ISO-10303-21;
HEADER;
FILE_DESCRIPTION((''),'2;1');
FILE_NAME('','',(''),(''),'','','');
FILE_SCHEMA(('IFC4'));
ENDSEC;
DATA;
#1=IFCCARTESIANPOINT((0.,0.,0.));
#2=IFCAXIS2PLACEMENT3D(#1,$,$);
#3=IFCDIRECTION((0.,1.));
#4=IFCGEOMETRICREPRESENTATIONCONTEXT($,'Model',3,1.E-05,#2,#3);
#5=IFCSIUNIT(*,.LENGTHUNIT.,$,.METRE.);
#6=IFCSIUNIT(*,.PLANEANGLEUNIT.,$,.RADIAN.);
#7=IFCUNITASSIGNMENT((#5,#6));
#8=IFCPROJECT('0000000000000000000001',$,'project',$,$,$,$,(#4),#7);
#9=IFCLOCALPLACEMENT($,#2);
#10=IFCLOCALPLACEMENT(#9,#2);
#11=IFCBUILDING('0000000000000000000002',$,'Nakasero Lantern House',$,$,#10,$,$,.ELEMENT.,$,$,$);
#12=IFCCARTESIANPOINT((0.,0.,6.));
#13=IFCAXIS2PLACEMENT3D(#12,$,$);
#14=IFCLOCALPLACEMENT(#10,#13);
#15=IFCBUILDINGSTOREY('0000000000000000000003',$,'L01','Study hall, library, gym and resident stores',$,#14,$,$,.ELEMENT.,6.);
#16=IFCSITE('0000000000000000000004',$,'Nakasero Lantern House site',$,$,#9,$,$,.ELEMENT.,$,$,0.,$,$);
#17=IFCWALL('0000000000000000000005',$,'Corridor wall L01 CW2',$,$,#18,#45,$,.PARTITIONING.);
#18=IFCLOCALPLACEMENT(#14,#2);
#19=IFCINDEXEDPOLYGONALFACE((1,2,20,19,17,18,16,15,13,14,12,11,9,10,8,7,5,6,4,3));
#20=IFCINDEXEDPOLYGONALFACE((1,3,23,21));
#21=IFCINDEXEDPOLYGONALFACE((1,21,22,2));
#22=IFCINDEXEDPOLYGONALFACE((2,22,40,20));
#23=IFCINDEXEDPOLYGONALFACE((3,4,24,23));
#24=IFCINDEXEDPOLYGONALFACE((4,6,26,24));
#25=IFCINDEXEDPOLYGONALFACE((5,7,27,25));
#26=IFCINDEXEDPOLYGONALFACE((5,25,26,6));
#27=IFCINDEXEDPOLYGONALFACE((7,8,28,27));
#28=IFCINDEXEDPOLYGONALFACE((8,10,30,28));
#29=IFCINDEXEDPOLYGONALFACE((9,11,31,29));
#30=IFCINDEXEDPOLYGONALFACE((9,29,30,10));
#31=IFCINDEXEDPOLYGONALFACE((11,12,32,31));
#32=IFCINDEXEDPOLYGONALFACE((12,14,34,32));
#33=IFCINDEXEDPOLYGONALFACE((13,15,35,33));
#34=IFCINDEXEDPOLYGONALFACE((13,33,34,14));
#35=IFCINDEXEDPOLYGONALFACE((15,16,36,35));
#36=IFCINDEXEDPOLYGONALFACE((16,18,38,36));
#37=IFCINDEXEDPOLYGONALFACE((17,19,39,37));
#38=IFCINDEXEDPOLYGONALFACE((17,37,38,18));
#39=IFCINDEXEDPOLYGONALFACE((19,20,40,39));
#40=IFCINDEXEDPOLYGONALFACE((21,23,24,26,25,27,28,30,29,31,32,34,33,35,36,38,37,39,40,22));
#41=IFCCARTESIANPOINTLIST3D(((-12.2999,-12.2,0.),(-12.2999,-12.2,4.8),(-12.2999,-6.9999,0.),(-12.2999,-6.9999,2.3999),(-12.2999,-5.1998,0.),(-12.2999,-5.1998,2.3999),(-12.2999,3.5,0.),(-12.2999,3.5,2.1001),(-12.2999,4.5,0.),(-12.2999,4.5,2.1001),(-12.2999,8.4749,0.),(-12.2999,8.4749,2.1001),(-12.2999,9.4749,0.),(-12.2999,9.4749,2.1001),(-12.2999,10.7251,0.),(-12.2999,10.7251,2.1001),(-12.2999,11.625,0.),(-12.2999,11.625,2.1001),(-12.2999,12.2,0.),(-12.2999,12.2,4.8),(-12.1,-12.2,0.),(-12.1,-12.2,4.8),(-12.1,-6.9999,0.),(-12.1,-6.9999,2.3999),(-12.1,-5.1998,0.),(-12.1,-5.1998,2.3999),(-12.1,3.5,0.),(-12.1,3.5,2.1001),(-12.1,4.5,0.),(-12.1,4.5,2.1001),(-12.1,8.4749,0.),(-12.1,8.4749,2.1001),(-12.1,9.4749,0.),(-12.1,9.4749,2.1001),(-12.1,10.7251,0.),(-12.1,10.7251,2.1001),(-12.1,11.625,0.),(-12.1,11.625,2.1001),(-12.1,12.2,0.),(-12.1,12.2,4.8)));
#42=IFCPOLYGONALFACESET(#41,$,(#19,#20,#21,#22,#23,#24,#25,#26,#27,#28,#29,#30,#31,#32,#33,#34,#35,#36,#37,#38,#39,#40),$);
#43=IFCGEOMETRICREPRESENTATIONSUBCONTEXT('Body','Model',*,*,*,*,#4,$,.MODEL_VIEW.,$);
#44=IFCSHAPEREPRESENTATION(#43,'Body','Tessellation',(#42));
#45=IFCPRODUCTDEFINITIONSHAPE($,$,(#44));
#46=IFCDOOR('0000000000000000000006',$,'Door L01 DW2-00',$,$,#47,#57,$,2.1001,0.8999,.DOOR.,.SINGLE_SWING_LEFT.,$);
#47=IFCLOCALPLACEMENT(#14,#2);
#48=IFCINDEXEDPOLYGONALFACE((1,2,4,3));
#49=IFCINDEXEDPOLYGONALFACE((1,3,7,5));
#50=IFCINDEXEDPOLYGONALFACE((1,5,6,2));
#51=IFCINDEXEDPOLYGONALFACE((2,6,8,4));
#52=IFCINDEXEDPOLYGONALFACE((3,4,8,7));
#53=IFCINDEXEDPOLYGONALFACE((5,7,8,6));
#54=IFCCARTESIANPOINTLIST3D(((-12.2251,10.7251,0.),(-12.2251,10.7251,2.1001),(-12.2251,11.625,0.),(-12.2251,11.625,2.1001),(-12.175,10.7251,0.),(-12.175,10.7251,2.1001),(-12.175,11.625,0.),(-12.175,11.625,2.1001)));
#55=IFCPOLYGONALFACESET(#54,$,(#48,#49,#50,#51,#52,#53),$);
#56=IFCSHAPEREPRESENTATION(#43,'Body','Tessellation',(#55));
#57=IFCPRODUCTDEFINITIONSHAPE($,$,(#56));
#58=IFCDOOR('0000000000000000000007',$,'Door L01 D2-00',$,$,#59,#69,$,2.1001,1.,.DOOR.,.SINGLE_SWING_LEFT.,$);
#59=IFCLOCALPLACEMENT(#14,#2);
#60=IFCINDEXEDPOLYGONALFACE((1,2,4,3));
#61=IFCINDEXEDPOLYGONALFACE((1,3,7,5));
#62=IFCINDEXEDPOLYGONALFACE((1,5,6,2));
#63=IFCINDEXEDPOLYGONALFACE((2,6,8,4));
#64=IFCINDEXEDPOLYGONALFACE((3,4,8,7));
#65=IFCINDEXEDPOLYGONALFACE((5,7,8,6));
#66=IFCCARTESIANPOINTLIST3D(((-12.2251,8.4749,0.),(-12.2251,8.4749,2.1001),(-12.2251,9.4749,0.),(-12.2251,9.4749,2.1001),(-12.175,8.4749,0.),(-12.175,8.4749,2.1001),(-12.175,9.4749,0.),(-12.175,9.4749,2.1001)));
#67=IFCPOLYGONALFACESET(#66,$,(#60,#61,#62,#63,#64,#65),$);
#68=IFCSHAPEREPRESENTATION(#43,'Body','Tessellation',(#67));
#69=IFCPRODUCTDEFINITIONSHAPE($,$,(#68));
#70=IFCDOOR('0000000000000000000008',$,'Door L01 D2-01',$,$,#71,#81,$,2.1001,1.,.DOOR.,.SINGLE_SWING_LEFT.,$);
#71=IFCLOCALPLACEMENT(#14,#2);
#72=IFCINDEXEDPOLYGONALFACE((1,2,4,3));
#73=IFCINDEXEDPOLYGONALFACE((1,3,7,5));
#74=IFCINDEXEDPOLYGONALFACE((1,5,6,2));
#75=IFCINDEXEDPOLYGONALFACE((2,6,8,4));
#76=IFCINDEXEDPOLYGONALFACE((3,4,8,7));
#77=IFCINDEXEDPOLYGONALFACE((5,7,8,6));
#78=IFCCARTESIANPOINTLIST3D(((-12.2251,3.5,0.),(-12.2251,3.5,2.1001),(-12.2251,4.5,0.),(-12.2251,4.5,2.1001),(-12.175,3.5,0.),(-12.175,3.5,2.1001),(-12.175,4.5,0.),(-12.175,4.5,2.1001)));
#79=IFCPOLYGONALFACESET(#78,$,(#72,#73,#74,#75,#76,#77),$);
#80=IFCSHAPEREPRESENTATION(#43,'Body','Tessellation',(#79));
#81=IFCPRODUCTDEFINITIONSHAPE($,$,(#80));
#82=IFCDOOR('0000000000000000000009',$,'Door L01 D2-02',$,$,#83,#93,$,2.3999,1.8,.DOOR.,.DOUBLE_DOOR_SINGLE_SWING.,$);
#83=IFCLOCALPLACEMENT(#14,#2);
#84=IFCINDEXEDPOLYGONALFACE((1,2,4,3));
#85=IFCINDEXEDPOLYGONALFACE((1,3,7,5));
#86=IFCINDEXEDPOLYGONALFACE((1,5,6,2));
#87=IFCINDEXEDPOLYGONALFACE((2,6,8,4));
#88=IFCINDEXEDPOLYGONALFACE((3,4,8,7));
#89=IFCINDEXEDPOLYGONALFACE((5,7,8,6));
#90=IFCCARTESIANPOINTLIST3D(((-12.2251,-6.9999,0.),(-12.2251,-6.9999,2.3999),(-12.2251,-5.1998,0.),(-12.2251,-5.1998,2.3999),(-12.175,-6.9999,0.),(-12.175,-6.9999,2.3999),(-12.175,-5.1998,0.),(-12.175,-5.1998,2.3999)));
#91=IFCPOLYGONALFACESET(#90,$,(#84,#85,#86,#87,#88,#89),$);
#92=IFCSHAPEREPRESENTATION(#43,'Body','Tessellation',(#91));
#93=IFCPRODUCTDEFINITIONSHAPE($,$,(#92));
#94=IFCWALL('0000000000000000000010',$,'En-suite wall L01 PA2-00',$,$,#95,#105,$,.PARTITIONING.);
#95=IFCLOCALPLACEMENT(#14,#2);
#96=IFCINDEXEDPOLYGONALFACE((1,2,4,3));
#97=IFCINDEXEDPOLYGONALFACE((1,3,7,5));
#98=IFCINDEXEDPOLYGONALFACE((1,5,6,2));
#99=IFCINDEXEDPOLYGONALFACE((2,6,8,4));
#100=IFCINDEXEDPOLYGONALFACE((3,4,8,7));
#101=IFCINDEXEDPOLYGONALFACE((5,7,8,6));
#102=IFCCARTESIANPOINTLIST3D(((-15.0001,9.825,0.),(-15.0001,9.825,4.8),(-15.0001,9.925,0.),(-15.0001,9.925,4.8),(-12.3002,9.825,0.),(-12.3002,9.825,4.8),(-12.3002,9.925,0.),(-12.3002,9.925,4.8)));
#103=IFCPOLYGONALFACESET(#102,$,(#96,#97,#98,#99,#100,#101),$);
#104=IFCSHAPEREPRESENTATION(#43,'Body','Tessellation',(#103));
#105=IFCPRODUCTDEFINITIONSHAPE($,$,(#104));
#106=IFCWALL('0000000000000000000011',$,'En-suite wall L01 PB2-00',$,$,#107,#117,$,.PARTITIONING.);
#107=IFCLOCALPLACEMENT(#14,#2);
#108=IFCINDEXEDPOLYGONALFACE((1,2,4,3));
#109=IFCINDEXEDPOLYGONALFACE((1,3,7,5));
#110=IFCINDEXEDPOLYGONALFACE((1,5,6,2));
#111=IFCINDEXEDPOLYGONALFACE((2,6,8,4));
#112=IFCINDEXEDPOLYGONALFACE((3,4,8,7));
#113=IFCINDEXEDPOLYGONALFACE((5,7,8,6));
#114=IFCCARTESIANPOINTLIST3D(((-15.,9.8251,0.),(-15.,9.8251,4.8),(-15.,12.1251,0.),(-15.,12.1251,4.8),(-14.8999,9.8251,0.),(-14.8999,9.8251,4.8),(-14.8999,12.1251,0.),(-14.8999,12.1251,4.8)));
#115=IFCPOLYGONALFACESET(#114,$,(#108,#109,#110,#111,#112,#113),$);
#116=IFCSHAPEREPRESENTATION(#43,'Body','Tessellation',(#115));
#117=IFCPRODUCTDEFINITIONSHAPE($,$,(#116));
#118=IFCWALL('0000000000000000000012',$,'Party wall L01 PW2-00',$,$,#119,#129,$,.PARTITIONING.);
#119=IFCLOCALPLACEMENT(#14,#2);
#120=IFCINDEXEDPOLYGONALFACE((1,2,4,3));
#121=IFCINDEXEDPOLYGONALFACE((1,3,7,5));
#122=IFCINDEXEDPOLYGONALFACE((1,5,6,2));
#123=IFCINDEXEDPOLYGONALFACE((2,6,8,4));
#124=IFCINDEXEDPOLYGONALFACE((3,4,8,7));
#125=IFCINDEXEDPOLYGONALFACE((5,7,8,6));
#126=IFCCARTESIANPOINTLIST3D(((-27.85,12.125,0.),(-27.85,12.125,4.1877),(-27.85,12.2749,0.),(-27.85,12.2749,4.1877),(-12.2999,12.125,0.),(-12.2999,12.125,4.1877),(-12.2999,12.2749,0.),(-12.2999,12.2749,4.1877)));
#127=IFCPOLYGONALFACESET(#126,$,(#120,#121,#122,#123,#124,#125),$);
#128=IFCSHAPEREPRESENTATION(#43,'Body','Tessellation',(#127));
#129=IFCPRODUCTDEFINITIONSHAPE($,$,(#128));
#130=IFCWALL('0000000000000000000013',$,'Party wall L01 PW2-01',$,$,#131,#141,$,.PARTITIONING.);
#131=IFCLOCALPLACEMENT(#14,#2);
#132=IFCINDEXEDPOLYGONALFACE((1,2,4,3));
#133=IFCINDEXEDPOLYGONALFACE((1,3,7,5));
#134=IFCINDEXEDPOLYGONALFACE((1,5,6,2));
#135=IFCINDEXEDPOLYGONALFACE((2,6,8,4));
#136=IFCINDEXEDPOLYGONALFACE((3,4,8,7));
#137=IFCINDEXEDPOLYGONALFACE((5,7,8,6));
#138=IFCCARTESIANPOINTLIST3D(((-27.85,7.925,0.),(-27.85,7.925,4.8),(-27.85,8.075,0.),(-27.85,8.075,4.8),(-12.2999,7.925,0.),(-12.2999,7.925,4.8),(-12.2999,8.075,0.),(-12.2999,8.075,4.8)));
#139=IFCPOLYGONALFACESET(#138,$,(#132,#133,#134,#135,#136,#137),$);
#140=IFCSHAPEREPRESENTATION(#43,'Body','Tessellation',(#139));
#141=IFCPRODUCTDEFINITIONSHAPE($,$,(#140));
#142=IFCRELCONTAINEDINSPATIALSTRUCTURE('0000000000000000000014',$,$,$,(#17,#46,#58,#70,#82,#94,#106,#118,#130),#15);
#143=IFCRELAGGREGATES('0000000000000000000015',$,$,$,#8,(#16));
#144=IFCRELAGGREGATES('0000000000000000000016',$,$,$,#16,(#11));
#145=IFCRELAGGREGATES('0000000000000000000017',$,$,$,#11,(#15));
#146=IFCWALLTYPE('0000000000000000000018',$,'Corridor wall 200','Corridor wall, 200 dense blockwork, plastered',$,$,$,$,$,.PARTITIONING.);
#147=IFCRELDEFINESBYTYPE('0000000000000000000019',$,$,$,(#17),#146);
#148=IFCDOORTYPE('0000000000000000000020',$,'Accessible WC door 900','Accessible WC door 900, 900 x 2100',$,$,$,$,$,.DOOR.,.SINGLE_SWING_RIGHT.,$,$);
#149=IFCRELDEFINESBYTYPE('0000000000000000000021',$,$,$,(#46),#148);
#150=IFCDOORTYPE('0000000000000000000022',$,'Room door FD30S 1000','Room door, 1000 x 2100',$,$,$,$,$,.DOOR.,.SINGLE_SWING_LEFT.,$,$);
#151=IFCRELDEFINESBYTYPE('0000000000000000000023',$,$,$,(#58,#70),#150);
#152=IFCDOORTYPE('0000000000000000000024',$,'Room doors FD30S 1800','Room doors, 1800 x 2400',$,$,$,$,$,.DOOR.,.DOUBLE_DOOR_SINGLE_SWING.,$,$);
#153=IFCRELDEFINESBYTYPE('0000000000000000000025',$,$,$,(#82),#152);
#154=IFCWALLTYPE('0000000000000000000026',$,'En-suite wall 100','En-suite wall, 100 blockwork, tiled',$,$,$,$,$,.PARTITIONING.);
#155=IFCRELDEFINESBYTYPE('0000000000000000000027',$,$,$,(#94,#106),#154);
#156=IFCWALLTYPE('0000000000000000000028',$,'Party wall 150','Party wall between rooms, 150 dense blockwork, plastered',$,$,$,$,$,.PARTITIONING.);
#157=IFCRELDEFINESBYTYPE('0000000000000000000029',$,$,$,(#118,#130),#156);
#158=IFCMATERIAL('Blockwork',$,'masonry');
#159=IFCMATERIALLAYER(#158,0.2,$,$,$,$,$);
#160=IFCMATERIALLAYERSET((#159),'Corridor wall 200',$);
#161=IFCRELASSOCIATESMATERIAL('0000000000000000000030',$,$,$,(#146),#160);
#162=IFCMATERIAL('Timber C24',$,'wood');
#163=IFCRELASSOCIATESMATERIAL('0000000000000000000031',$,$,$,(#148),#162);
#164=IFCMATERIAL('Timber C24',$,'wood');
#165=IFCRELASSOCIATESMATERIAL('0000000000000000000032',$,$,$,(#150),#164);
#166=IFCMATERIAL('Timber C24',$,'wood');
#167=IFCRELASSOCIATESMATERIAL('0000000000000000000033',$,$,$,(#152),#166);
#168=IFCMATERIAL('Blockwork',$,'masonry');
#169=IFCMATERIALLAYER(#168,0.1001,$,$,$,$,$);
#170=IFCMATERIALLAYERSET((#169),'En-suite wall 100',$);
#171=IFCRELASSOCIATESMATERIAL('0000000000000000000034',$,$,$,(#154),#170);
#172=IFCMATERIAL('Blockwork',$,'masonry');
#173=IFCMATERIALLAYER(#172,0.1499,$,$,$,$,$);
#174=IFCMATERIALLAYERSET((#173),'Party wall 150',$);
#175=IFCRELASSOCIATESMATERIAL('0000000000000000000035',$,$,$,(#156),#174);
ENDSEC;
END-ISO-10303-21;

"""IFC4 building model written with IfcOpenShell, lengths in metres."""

from ifc_helpers import new_model, si_unit, direction, frame, frame_2d, origin, place, context, subcontext, project, spatial, rectangle, extrude, material, layer, layer_set, type_object, element, fill, save


model = new_model("IFC4")

# Units and contexts
model_context = context("Model", 3, precision=1e-05, world=origin(), true_north=direction((0.0, 1.0)))
body_context = subcontext(model_context, "Body", "Model", "MODEL_VIEW")
ifc_project = project(units=[si_unit("LENGTHUNIT", "METRE"), si_unit("PLANEANGLEUNIT", "RADIAN")], contexts=[model_context])

# Site, building, storey
site_placement = place(None, origin())
site = spatial("IfcSite", under=ifc_project, at=site_placement, Name="Nakasero Lantern House site", CompositionType="ELEMENT", RefElevation=0.0)
building_placement = place(site_placement, origin())
building = spatial("IfcBuilding", under=site, at=building_placement, Name="Nakasero Lantern House", CompositionType="ELEMENT")
storey_placement = place(building_placement, frame((0.0, 0.0, 6.0)))
storey = spatial("IfcBuildingStorey", under=building, at=storey_placement, Name="L01", Description="Study hall, library, gym and resident stores", CompositionType="ELEMENT", Elevation=6.0)

# Wall, openings, doors
ifc_material_1 = material(Name="Blockwork", Category="masonry")
ifc_layer_1 = layer(ifc_material_1, 0.2)
ifc_layer_set_1 = layer_set([ifc_layer_1], Name="Corridor wall 200")
wall_type_1 = type_object("IfcWallType", Name="Corridor wall 200", Description="Corridor wall, 200 dense blockwork, plastered", PredefinedType="PARTITIONING", material=ifc_layer_set_1)
wall_1_placement = place(storey_placement, frame((-12.2, 12.2, 0.0), z_axis=(0.0, 0.0, 1.0), x_axis=(0.0, -1.0, 0.0)))
wall_1 = element("IfcWall", 1, at=wall_1_placement, inside=storey, type_object=wall_type_1, Name="Corridor wall L01 CW2", PredefinedType="PARTITIONING", context=body_context, shape_type="SweptSolid", body=[
    extrude(rectangle(XDim=24.3999, YDim=0.2, at=frame_2d((12.2, 0.0))), origin(), (0.0, 0.0, 1.0), 4.8),
])
opening_1_placement = place(wall_1_placement, frame((0.575, 0.0, 0.0)))
opening_1 = element("IfcOpeningElement", 2, at=opening_1_placement, cuts=wall_1, PredefinedType="OPENING", context=body_context, shape_type="SweptSolid", body=[
    extrude(rectangle(XDim=0.8999, YDim=2.1001, at=frame_2d((0.45, 1.05))), frame((0.0, 0.1199, 0.0), z_axis=(0.0, -1.0, 0.0), x_axis=(1.0, 0.0, 0.0)), (0.0, 0.0, 1.0), 0.24),
])
opening_2_placement = place(wall_1_placement, frame((2.7251, 0.0, 0.0)))
opening_2 = element("IfcOpeningElement", 3, at=opening_2_placement, cuts=wall_1, PredefinedType="OPENING", context=body_context, shape_type="SweptSolid", body=[
    extrude(rectangle(XDim=1.0, YDim=2.1001, at=frame_2d((0.5, 1.05))), frame((0.0, 0.1199, 0.0), z_axis=(0.0, -1.0, 0.0), x_axis=(1.0, 0.0, 0.0)), (0.0, 0.0, 1.0), 0.24),
])
opening_3_placement = place(wall_1_placement, frame((7.7, 0.0, 0.0)))
opening_3 = element("IfcOpeningElement", 4, at=opening_3_placement, cuts=wall_1, PredefinedType="OPENING", context=body_context, shape_type="SweptSolid", body=[
    extrude(rectangle(XDim=1.0, YDim=2.1001, at=frame_2d((0.5, 1.05))), frame((0.0, 0.1199, 0.0), z_axis=(0.0, -1.0, 0.0), x_axis=(1.0, 0.0, 0.0)), (0.0, 0.0, 1.0), 0.24),
])
opening_4_placement = place(wall_1_placement, frame((17.3999, 0.0, 0.0)))
opening_4 = element("IfcOpeningElement", 5, at=opening_4_placement, cuts=wall_1, PredefinedType="OPENING", context=body_context, shape_type="SweptSolid", body=[
    extrude(rectangle(XDim=1.8, YDim=2.3999, at=frame_2d((0.8999, 1.2))), frame((0.0, 0.1199, 0.0), z_axis=(0.0, -1.0, 0.0), x_axis=(1.0, 0.0, 0.0)), (0.0, 0.0, 1.0), 0.24),
])
ifc_material_2 = material(Name="Timber C24", Category="wood")
door_type_1 = type_object("IfcDoorType", Name="Accessible WC door 900", Description="Accessible WC door 900, 900 x 2100", OperationType="SINGLE_SWING_RIGHT", PredefinedType="DOOR", material=ifc_material_2)
door_1_placement = place(opening_1_placement, origin())
door_1 = element("IfcDoor", 6, at=door_1_placement, inside=storey, type_object=door_type_1, Name="Door L01 DW2-00", OperationType="SINGLE_SWING_LEFT", OverallHeight=2.1001, OverallWidth=0.8999, PredefinedType="DOOR", context=body_context, shape_type="SweptSolid", body=[
    extrude(rectangle(XDim=0.8999, YDim=2.1001, at=frame_2d((0.45, 1.05))), frame((0.0, 0.0249, 0.0), z_axis=(0.0, -1.0, 0.0), x_axis=(1.0, 0.0, 0.0)), (0.0, 0.0, 1.0), 0.05),
])
fill(opening_1, door_1)
ifc_material_3 = material(Name="Timber C24", Category="wood")
door_type_2 = type_object("IfcDoorType", Name="Room door FD30S 1000", Description="Room door, 1000 x 2100", OperationType="SINGLE_SWING_LEFT", PredefinedType="DOOR", material=ifc_material_3)
door_2_placement = place(opening_2_placement, origin())
door_2 = element("IfcDoor", 7, at=door_2_placement, inside=storey, type_object=door_type_2, Name="Door L01 D2-00", OperationType="SINGLE_SWING_LEFT", OverallHeight=2.1001, OverallWidth=1.0, PredefinedType="DOOR", context=body_context, shape_type="SweptSolid", body=[
    extrude(rectangle(XDim=1.0, YDim=2.1001, at=frame_2d((0.5, 1.05))), frame((0.0, 0.0249, 0.0), z_axis=(0.0, -1.0, 0.0), x_axis=(1.0, 0.0, 0.0)), (0.0, 0.0, 1.0), 0.05),
])
fill(opening_2, door_2)
door_3_placement = place(opening_3_placement, origin())
door_3 = element("IfcDoor", 8, at=door_3_placement, inside=storey, type_object=door_type_2, Name="Door L01 D2-01", OperationType="SINGLE_SWING_LEFT", OverallHeight=2.1001, OverallWidth=1.0, PredefinedType="DOOR", context=body_context, shape_type="SweptSolid", body=[
    extrude(rectangle(XDim=1.0, YDim=2.1001, at=frame_2d((0.5, 1.05))), frame((0.0, 0.0249, 0.0), z_axis=(0.0, -1.0, 0.0), x_axis=(1.0, 0.0, 0.0)), (0.0, 0.0, 1.0), 0.05),
])
fill(opening_3, door_3)
ifc_material_4 = material(Name="Timber C24", Category="wood")
door_type_3 = type_object("IfcDoorType", Name="Room doors FD30S 1800", Description="Room doors, 1800 x 2400", OperationType="DOUBLE_DOOR_SINGLE_SWING", PredefinedType="DOOR", material=ifc_material_4)
door_4_placement = place(opening_4_placement, origin())
door_4 = element("IfcDoor", 9, at=door_4_placement, inside=storey, type_object=door_type_3, Name="Door L01 D2-02", OperationType="DOUBLE_DOOR_SINGLE_SWING", OverallHeight=2.3999, OverallWidth=1.8, PredefinedType="DOOR", context=body_context, shape_type="SweptSolid", body=[
    extrude(rectangle(XDim=1.8, YDim=2.3999, at=frame_2d((0.8999, 1.2))), frame((0.0, 0.0249, 0.0), z_axis=(0.0, -1.0, 0.0), x_axis=(1.0, 0.0, 0.0)), (0.0, 0.0, 1.0), 0.05),
])
fill(opening_4, door_4)

# Walls
ifc_material_5 = material(Name="Blockwork", Category="masonry")
ifc_layer_2 = layer(ifc_material_5, 0.1001)
ifc_layer_set_2 = layer_set([ifc_layer_2], Name="En-suite wall 100")
wall_type_2 = type_object("IfcWallType", Name="En-suite wall 100", Description="En-suite wall, 100 blockwork, tiled", PredefinedType="PARTITIONING", material=ifc_layer_set_2)
wall_2_placement = place(storey_placement, frame((-12.3, 9.875, 0.0), z_axis=(0.0, 0.0, 1.0), x_axis=(-1.0, 0.0, 0.0)))
element("IfcWall", 10, at=wall_2_placement, inside=storey, type_object=wall_type_2, Name="En-suite wall L01 PA2-00", PredefinedType="PARTITIONING", context=body_context, shape_type="SweptSolid", body=[
    extrude(rectangle(XDim=2.7, YDim=0.1001, at=frame_2d((1.3501, 0.0))), origin(), (0.0, 0.0, 1.0), 4.8),
])
wall_3_placement = place(storey_placement, frame((-14.95, 12.125, 0.0), z_axis=(0.0, 0.0, 1.0), x_axis=(0.0, -1.0, 0.0)))
element("IfcWall", 11, at=wall_3_placement, inside=storey, type_object=wall_type_2, Name="En-suite wall L01 PB2-00", PredefinedType="PARTITIONING", context=body_context, shape_type="SweptSolid", body=[
    extrude(rectangle(XDim=2.3, YDim=0.1001, at=frame_2d((1.1499, 0.0))), origin(), (0.0, 0.0, 1.0), 4.8),
])
ifc_material_6 = material(Name="Blockwork", Category="masonry")
ifc_layer_3 = layer(ifc_material_6, 0.1499)
ifc_layer_set_3 = layer_set([ifc_layer_3], Name="Party wall 150")
wall_type_3 = type_object("IfcWallType", Name="Party wall 150", Description="Party wall between rooms, 150 dense blockwork, plastered", PredefinedType="PARTITIONING", material=ifc_layer_set_3)
wall_4_placement = place(storey_placement, frame((-12.3, 12.2, 0.0), z_axis=(0.0, 0.0, 1.0), x_axis=(-1.0, 0.0, 0.0)))
element("IfcWall", 12, at=wall_4_placement, inside=storey, type_object=wall_type_3, Name="Party wall L01 PW2-00", PredefinedType="PARTITIONING", context=body_context, shape_type="SweptSolid", body=[
    extrude(rectangle(XDim=15.55, YDim=0.1499, at=frame_2d((7.7749, 0.0))), origin(), (0.0, 0.0, 1.0), 4.1877),
])
wall_5_placement = place(storey_placement, frame((-12.3, 8.0, 0.0), z_axis=(0.0, 0.0, 1.0), x_axis=(-1.0, 0.0, 0.0)))
element("IfcWall", 13, at=wall_5_placement, inside=storey, type_object=wall_type_3, Name="Party wall L01 PW2-01", PredefinedType="PARTITIONING", context=body_context, shape_type="SweptSolid", body=[
    extrude(rectangle(XDim=15.55, YDim=0.1499, at=frame_2d((7.7749, 0.0))), origin(), (0.0, 0.0, 1.0), 4.8),
])

save(model, "model.ifc")
